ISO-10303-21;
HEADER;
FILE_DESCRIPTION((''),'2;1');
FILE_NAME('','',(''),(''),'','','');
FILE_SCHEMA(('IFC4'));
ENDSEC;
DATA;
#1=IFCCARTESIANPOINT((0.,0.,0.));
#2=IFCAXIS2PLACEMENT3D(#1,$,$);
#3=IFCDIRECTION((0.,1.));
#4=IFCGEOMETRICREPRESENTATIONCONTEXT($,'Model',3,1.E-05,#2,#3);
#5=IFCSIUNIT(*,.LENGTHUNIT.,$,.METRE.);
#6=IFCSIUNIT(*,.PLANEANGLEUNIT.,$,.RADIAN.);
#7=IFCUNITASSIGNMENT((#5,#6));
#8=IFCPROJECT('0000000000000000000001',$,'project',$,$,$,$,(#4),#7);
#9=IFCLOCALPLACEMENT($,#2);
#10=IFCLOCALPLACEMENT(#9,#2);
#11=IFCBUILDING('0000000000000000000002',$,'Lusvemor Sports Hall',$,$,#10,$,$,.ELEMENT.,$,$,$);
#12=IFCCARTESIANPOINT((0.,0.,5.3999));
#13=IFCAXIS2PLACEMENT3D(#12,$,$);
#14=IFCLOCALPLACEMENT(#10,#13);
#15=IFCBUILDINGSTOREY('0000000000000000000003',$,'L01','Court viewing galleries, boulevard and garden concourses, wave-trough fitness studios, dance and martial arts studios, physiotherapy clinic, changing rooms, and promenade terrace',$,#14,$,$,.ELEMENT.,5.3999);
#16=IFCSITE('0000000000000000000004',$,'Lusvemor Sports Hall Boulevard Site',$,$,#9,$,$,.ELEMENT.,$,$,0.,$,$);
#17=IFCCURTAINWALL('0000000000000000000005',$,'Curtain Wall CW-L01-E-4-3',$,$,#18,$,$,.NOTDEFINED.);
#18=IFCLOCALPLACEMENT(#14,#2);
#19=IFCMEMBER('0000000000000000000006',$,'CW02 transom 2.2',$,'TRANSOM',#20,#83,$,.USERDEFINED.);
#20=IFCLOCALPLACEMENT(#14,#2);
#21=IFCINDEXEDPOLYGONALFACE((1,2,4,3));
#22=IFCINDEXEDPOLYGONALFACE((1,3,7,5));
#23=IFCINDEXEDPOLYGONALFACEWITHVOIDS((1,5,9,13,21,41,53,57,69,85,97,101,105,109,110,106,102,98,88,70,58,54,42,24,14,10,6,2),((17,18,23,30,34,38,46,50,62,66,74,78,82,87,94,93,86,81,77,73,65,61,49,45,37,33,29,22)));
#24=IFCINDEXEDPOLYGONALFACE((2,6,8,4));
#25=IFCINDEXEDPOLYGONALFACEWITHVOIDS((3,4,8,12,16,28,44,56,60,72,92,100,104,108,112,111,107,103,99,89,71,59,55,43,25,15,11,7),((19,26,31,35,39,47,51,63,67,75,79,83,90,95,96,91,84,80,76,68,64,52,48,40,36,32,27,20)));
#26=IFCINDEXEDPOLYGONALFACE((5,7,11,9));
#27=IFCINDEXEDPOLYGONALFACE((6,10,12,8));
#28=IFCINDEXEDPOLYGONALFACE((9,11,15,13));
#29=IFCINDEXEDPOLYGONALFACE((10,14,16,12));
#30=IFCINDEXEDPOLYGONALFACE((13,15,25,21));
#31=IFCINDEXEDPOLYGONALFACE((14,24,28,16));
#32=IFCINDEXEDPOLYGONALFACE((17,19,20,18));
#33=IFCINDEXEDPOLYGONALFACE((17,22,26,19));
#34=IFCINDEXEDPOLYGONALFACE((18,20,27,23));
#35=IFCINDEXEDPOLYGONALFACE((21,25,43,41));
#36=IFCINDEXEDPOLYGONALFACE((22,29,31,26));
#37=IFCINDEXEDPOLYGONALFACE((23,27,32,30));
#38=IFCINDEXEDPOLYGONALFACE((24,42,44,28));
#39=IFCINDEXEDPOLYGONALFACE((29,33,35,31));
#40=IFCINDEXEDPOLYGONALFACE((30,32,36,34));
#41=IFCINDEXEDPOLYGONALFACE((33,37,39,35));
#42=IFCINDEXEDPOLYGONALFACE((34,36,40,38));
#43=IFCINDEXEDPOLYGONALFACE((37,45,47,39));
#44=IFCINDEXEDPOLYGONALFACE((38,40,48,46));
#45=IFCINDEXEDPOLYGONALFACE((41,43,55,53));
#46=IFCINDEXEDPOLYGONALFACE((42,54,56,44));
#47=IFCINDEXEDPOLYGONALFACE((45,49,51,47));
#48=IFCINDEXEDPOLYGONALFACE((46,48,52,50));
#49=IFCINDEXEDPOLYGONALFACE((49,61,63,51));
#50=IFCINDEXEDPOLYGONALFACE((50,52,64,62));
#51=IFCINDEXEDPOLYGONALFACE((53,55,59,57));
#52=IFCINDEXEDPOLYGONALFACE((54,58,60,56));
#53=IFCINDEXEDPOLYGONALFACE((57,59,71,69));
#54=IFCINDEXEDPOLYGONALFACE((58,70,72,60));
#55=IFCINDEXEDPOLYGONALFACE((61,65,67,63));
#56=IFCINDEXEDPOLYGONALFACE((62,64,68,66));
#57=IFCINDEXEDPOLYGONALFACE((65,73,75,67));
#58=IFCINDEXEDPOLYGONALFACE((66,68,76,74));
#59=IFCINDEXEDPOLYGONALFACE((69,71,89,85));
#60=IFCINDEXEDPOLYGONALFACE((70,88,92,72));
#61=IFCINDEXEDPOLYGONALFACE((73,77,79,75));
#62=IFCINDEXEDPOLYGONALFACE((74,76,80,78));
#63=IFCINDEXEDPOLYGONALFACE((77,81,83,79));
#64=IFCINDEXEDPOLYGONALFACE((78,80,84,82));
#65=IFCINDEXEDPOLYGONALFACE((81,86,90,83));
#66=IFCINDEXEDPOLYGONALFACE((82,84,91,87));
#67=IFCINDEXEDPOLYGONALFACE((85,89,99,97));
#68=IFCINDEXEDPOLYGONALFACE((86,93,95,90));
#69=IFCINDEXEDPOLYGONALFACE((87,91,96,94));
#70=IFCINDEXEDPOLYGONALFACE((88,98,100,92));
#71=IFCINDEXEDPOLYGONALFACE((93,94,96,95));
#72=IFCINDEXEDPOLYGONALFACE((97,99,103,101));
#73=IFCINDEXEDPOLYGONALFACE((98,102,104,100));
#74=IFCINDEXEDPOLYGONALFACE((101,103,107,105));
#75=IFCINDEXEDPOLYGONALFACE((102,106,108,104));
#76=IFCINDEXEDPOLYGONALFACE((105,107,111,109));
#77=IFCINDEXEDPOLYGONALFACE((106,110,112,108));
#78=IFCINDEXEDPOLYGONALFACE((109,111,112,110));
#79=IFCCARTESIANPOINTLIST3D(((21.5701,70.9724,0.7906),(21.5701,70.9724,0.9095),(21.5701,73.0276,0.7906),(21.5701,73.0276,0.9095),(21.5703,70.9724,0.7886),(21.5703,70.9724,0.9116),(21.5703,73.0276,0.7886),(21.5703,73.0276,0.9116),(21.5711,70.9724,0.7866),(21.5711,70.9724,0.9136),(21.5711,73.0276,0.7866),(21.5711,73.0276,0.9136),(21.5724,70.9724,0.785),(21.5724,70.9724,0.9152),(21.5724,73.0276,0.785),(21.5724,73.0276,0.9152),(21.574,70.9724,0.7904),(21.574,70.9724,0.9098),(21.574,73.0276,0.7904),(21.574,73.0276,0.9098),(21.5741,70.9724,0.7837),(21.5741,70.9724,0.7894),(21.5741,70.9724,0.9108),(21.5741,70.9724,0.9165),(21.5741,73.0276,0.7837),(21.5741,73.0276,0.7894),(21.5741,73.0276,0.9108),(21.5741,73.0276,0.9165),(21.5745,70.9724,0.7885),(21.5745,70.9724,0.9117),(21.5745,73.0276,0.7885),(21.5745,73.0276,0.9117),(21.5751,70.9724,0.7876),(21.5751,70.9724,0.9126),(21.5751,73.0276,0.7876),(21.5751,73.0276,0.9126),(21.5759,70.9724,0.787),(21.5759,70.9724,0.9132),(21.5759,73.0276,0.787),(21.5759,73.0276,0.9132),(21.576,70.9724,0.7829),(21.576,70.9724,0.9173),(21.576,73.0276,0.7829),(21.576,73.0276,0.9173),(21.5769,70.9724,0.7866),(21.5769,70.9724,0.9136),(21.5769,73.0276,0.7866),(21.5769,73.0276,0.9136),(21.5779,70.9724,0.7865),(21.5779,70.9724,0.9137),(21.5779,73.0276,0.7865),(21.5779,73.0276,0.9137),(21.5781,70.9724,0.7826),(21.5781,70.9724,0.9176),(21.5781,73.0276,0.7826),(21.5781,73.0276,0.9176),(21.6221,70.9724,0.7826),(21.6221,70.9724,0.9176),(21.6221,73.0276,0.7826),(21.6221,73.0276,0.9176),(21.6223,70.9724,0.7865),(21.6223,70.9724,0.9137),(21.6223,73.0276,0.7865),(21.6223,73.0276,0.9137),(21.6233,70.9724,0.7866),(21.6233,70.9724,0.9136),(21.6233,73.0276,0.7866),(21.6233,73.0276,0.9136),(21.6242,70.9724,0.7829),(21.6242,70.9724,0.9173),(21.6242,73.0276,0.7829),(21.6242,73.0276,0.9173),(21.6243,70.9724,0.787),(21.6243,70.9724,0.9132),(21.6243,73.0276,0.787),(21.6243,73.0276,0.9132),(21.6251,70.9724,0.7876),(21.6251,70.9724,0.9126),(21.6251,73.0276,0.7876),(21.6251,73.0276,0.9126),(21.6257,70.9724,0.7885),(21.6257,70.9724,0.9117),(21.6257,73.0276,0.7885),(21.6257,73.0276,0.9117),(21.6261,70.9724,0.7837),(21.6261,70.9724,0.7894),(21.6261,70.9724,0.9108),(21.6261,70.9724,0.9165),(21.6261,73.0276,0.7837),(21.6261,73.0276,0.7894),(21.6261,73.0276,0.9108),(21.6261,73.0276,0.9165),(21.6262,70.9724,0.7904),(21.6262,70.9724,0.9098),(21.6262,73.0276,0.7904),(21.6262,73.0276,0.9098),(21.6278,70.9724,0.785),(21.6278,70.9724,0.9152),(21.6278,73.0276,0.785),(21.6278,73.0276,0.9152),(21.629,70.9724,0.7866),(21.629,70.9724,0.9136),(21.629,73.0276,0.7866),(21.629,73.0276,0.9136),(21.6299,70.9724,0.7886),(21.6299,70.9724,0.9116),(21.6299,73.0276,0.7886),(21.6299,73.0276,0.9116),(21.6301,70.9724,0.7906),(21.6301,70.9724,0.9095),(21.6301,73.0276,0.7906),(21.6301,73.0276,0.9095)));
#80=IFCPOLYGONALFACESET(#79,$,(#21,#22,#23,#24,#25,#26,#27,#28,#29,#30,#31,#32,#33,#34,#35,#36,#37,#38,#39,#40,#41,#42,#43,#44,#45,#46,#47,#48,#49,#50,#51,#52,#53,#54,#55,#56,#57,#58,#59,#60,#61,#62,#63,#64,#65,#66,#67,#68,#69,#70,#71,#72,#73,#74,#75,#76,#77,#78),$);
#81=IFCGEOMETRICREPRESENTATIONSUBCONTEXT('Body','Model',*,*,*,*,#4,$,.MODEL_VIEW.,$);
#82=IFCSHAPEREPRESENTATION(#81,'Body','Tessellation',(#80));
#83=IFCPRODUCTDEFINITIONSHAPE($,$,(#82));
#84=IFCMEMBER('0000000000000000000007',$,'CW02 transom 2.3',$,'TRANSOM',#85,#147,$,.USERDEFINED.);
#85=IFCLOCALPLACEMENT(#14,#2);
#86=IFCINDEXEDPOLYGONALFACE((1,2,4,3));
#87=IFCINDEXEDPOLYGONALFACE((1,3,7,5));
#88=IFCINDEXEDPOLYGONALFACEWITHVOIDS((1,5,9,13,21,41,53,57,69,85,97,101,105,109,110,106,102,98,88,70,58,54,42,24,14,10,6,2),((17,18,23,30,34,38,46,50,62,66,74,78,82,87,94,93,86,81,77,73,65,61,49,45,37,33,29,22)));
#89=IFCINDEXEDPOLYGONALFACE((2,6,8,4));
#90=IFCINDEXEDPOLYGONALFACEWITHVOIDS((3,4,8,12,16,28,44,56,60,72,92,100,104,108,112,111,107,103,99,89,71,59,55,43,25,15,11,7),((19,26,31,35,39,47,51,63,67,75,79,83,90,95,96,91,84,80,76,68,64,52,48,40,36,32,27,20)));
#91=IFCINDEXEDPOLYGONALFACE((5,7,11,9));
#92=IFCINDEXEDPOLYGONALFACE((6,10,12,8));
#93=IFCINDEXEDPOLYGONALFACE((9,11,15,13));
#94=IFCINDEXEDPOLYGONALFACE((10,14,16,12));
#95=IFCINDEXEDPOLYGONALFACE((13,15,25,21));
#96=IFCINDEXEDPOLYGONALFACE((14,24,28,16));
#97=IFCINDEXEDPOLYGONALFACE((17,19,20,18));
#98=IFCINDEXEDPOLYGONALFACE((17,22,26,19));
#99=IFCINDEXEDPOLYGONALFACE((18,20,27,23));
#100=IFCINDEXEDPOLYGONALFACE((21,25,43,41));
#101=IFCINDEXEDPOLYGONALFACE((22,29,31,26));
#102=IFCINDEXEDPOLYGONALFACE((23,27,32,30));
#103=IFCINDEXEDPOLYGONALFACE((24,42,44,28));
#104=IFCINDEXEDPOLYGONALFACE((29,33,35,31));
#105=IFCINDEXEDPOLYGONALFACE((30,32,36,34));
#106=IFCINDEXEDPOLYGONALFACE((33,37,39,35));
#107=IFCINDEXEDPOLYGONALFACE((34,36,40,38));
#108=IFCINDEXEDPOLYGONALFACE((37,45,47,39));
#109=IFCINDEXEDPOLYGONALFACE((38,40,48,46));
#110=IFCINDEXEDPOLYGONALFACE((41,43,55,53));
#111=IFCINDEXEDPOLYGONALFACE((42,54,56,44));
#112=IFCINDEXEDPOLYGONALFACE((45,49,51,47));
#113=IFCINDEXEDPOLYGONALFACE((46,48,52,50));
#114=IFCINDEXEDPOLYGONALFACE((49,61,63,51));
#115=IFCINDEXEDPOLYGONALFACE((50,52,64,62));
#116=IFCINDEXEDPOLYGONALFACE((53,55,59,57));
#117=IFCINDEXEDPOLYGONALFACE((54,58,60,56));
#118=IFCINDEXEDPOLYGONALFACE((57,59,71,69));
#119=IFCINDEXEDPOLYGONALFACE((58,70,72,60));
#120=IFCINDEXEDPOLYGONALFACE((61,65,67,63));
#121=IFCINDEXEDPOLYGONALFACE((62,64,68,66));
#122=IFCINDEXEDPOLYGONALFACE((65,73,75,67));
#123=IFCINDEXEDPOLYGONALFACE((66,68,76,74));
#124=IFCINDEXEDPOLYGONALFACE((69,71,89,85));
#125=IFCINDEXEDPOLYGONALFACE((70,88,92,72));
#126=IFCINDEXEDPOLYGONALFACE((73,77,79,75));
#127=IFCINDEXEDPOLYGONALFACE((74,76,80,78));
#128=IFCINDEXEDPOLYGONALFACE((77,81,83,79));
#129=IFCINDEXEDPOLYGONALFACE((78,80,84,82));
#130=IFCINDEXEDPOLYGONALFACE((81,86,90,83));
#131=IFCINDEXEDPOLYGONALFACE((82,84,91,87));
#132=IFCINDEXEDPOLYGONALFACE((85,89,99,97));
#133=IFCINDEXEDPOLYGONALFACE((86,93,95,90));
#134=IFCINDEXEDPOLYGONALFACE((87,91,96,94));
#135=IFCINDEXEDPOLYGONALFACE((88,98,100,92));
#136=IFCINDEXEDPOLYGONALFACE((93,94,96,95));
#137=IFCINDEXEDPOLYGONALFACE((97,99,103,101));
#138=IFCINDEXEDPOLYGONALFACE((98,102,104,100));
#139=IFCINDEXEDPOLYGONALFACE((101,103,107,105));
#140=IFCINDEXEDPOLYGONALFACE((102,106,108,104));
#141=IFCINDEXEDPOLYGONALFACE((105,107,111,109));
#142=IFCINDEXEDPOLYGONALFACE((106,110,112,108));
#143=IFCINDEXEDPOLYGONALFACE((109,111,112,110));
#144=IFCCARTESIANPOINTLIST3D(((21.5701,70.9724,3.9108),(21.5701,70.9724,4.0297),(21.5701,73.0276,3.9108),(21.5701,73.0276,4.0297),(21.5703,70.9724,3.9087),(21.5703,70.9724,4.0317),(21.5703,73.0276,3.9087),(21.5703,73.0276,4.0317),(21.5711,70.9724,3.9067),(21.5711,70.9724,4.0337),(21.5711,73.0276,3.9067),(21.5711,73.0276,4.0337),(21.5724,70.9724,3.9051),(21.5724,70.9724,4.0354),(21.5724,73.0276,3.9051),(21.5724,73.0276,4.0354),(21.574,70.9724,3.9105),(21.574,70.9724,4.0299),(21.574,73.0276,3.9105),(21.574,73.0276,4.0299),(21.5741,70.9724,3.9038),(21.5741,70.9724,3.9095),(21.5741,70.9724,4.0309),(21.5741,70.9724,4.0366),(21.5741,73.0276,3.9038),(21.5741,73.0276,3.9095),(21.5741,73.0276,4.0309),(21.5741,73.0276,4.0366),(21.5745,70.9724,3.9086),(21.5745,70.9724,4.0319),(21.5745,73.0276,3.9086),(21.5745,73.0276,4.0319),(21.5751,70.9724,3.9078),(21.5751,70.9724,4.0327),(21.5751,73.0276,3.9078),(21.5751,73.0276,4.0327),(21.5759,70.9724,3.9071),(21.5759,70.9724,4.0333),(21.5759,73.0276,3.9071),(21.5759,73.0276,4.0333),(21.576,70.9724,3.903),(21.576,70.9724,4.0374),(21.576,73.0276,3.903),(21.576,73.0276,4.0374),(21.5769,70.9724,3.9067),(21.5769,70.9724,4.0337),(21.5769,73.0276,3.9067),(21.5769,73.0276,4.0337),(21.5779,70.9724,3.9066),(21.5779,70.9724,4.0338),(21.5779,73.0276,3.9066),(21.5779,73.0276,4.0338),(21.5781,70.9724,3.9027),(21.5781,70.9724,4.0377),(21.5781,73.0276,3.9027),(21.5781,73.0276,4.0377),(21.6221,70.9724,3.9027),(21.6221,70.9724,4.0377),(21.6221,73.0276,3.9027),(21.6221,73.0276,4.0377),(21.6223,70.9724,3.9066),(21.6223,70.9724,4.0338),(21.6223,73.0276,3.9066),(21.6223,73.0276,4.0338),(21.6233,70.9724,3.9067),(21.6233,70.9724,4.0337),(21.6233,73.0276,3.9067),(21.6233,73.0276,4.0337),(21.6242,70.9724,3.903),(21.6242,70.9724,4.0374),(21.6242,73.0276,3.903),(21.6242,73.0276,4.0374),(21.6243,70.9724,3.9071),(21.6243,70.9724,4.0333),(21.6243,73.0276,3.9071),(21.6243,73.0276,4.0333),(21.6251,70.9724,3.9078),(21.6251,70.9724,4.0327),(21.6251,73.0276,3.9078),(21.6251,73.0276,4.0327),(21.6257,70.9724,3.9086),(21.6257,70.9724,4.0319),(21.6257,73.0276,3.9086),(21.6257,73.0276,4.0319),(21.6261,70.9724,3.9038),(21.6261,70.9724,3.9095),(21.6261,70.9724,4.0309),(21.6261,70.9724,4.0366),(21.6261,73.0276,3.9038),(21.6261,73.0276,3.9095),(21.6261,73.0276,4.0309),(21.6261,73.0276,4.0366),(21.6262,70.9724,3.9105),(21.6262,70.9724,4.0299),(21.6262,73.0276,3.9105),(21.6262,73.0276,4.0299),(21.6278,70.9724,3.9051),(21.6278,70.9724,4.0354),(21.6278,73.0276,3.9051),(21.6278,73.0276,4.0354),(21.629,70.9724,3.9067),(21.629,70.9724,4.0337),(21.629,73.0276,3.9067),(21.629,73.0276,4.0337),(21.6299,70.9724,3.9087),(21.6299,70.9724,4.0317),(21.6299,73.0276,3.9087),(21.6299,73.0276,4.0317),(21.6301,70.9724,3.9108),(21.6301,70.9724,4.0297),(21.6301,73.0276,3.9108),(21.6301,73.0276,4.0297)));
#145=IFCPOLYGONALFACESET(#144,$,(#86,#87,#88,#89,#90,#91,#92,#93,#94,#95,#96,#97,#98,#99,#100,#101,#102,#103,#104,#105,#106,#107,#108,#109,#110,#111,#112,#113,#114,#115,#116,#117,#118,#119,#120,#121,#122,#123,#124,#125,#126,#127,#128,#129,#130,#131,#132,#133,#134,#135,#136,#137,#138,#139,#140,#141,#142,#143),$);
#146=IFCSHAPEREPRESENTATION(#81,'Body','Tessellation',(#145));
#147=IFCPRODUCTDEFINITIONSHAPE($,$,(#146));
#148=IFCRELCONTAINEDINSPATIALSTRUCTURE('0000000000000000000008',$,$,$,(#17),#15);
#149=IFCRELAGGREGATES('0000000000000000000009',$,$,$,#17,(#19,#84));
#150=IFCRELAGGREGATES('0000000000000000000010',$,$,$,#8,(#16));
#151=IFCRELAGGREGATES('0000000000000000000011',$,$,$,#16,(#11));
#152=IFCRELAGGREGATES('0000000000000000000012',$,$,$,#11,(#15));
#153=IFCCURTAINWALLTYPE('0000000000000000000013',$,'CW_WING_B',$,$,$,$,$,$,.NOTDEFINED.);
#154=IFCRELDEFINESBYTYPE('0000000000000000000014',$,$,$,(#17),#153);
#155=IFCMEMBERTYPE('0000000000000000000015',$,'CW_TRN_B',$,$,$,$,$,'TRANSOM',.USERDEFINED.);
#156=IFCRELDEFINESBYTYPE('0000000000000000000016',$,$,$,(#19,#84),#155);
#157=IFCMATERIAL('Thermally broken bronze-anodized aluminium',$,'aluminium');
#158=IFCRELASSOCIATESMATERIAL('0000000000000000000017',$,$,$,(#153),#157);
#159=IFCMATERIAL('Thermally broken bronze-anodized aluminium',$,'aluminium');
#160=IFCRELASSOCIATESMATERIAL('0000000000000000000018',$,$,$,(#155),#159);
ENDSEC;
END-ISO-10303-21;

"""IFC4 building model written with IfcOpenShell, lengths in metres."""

from ifc_helpers import new_model, si_unit, direction, frame, origin, origin_2d, place, context, subcontext, project, spatial, hollow_rectangle, extrude, material, material_profile, profile_set, type_object, element, aggregate, save


model = new_model("IFC4")

# Units and contexts
model_context = context("Model", 3, precision=1e-05, world=origin(), true_north=direction((0.0, 1.0)))
body_context = subcontext(model_context, "Body", "Model", "MODEL_VIEW")
ifc_project = project(units=[si_unit("LENGTHUNIT", "METRE"), si_unit("PLANEANGLEUNIT", "RADIAN")], contexts=[model_context])

# Site, building, storey
site_placement = place(None, origin())
site = spatial("IfcSite", under=ifc_project, at=site_placement, Name="Lusvemor Sports Hall Boulevard Site", CompositionType="ELEMENT", RefElevation=0.0)
building_placement = place(site_placement, origin())
building = spatial("IfcBuilding", under=site, at=building_placement, Name="Lusvemor Sports Hall", CompositionType="ELEMENT")
storey_placement = place(building_placement, frame((0.0, 0.0, 5.3999)))
storey = spatial("IfcBuildingStorey", under=building, at=storey_placement, Name="L01", Description="Court viewing galleries, boulevard and garden concourses, wave-trough fitness studios, dance and martial arts studios, physiotherapy clinic, changing rooms, and promenade terrace", CompositionType="ELEMENT", Elevation=5.3999)

# Shared definitions
ifc_material_1 = material(Name="Thermally broken bronze-anodized aluminium", Category="aluminium")
curtain_wall_type = type_object("IfcCurtainWallType", Name="CW_WING_B", PredefinedType="NOTDEFINED", material=ifc_material_1)

# Curtain wall
curtain_wall_1_placement = place(storey_placement, origin())
curtain_wall_1 = element("IfcCurtainWall", 1, at=curtain_wall_1_placement, inside=storey, type_object=curtain_wall_type, Name="Curtain Wall CW-L01-E-4-3", PredefinedType="NOTDEFINED")

# Members
ifc_material_2 = material(Name="Thermally broken bronze-anodized aluminium", Category="aluminium")
ifc_material_profile_1 = material_profile(ifc_material_2, hollow_rectangle(XDim=0.0601, YDim=0.135, WallThickness=0.0039, InnerFilletRadius=0.0039, OuterFilletRadius=0.0081, at=origin_2d()), Name="CWTRN135x60x4")
ifc_profile_set_1 = profile_set([ifc_material_profile_1], Name="Thermally broken bronze-anodized aluminium")
member_type_1 = type_object("IfcMemberType", Name="CW_TRN_B", ElementType="TRANSOM", PredefinedType="USERDEFINED", material=ifc_profile_set_1)
member_1_placement = place(storey_placement, frame((21.6001, 73.0276, 0.8501), z_axis=(0.0, -1.0, 0.0), x_axis=(1.0, 0.0, 0.0)))
member_1 = element("IfcMember", 2, at=member_1_placement, type_object=member_type_1, Name="CW02 transom 2.2", ObjectType="TRANSOM", PredefinedType="USERDEFINED", context=body_context, shape_type="SweptSolid", body=[
    extrude(hollow_rectangle(XDim=0.0601, YDim=0.135, WallThickness=0.0039, InnerFilletRadius=0.0039, OuterFilletRadius=0.0081, at=origin_2d()), origin(), (0.0, 0.0, 1.0), 2.0552),
])
member_2_placement = place(storey_placement, frame((21.6001, 73.0276, 3.9702), z_axis=(0.0, -1.0, 0.0), x_axis=(1.0, 0.0, 0.0)))
member_2 = element("IfcMember", 3, at=member_2_placement, type_object=member_type_1, Name="CW02 transom 2.3", ObjectType="TRANSOM", PredefinedType="USERDEFINED", context=body_context, shape_type="SweptSolid", body=[
    extrude(hollow_rectangle(XDim=0.0601, YDim=0.135, WallThickness=0.0039, InnerFilletRadius=0.0039, OuterFilletRadius=0.0081, at=origin_2d()), origin(), (0.0, 0.0, 1.0), 2.0552),
])

aggregate(curtain_wall_1, [member_1, member_2])

save(model, "model.ifc")
